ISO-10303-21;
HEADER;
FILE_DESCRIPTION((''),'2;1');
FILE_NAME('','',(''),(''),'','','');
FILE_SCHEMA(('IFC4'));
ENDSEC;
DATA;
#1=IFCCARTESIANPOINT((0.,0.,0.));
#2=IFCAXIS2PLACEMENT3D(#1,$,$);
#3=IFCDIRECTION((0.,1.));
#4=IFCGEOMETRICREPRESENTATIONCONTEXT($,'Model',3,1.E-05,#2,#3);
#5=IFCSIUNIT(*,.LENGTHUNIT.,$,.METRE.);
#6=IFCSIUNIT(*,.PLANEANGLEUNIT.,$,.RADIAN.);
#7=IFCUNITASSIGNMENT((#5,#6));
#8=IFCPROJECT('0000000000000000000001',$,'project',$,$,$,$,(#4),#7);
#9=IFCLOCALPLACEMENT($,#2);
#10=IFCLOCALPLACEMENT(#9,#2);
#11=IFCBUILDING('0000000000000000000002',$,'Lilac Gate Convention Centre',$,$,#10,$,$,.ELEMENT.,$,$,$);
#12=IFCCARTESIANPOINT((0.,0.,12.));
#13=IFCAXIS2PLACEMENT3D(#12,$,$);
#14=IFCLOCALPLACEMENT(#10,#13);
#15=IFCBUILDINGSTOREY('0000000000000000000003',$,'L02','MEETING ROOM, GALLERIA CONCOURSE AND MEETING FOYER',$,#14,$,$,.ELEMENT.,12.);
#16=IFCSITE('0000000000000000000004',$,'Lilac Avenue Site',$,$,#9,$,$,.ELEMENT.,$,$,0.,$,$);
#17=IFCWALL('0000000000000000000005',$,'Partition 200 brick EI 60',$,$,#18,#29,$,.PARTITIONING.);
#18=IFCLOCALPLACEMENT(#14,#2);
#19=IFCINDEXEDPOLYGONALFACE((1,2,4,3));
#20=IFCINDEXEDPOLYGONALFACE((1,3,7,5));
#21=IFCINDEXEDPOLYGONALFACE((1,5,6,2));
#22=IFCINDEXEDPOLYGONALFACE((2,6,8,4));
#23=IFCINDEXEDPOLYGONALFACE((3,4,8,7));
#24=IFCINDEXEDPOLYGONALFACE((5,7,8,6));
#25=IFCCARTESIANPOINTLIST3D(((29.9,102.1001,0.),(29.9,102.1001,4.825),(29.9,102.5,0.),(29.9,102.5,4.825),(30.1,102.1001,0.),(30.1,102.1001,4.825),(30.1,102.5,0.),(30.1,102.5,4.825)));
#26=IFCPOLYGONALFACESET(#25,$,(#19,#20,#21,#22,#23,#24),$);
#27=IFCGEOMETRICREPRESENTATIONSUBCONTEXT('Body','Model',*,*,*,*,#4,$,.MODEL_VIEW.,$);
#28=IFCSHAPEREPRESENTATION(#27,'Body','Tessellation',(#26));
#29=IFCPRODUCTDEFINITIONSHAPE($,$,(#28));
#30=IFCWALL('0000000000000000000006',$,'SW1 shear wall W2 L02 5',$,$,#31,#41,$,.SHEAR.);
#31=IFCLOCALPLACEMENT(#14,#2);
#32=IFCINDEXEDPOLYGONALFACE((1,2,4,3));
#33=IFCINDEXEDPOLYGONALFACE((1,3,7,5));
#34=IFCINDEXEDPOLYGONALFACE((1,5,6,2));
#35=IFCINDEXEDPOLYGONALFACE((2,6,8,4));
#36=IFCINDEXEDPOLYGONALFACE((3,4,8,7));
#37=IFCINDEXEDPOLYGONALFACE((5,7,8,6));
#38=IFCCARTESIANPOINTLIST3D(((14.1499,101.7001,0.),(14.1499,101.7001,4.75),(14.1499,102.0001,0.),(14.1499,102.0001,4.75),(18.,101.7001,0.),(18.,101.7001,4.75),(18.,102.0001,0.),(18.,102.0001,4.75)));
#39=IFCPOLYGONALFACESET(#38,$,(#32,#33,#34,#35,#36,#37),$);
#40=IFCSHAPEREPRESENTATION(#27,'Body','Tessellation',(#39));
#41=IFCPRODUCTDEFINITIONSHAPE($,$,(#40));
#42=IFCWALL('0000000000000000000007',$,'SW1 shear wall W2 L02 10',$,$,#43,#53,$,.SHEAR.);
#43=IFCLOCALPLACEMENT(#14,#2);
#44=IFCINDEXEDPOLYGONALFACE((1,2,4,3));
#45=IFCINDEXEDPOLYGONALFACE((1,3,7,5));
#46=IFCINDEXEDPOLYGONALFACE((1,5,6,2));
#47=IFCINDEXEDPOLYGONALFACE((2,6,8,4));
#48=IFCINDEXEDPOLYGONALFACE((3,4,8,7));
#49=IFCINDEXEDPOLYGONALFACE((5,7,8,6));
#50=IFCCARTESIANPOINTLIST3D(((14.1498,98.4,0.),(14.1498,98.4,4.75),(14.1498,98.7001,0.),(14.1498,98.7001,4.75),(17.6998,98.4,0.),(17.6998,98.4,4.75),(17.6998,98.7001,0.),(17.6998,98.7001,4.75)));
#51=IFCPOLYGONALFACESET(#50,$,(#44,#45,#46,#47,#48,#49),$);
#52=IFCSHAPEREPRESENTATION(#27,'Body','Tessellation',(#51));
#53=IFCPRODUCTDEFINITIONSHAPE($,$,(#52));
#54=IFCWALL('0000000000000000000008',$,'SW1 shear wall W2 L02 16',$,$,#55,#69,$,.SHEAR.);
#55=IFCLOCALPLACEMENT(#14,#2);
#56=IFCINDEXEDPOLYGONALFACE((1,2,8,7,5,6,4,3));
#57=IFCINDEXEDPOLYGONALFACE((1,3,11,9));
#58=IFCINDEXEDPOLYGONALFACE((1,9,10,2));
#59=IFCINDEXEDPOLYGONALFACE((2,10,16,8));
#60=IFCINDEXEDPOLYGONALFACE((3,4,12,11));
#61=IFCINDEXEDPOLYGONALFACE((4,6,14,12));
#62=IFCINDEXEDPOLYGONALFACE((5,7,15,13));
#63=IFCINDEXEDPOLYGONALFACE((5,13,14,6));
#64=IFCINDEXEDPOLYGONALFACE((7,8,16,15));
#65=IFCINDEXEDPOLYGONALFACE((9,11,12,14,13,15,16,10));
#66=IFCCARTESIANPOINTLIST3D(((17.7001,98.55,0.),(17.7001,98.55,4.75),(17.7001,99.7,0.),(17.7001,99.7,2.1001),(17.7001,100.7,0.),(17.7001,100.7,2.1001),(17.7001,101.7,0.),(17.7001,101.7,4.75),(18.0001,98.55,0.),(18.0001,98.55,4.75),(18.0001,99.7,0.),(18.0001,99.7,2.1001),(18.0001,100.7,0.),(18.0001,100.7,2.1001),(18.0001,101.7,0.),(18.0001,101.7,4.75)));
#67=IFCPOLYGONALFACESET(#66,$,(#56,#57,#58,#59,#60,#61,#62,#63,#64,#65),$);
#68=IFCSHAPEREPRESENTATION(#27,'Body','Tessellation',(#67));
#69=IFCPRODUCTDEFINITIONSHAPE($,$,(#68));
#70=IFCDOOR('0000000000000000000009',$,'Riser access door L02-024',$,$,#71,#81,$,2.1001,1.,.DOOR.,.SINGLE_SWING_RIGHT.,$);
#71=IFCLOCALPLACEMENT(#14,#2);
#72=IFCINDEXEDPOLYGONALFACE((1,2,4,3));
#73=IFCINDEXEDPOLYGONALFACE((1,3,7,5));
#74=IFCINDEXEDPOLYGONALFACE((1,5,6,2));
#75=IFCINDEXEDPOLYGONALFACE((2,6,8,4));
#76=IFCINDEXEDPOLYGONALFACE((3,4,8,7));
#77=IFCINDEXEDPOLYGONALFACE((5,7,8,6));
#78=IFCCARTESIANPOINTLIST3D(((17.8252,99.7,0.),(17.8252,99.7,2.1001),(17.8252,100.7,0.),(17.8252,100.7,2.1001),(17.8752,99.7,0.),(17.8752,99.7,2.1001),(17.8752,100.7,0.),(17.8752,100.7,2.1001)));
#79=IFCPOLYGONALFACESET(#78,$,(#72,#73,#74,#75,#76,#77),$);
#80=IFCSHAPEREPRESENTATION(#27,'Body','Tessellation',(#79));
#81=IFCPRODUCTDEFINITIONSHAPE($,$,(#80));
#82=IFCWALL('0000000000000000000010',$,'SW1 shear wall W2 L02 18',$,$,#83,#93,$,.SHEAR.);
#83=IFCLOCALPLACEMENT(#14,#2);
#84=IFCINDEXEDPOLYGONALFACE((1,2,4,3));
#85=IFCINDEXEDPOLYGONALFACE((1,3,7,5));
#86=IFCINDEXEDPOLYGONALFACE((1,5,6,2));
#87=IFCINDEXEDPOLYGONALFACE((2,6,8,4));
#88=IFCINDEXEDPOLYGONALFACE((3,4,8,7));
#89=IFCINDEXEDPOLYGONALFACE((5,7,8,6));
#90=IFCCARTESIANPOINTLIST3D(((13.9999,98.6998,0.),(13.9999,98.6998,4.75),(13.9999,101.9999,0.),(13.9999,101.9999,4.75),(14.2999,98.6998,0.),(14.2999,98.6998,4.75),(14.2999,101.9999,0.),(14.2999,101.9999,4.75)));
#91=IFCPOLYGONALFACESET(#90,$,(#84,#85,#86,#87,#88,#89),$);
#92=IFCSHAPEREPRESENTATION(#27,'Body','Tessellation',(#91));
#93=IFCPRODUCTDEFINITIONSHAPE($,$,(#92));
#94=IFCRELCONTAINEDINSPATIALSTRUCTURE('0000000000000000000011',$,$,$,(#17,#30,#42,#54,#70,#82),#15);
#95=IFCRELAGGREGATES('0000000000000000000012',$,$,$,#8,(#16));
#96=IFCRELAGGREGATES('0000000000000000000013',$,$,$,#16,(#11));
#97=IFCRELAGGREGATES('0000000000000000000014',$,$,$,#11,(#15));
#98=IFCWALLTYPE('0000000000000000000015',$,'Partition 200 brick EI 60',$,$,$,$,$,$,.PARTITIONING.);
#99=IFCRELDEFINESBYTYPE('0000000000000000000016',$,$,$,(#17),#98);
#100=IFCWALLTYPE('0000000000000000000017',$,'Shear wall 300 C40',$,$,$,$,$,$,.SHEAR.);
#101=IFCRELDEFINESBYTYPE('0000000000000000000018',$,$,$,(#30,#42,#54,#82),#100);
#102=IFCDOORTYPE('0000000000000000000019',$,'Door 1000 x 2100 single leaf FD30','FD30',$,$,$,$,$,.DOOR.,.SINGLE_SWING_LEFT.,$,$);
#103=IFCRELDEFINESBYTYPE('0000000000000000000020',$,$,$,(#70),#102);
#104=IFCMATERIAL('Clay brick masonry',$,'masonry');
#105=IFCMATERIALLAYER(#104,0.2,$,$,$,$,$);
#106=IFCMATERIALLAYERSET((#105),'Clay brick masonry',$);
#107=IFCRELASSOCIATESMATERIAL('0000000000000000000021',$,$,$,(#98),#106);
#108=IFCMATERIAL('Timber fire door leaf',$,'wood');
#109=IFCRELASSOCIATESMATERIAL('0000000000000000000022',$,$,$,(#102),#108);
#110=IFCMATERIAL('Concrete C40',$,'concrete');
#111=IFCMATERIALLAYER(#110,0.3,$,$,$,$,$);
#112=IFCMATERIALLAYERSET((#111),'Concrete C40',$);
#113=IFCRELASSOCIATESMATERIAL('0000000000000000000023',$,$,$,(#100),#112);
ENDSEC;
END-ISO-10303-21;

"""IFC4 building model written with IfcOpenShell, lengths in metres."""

from ifc_helpers import new_model, si_unit, direction, frame, frame_2d, origin, place, context, subcontext, project, spatial, rectangle, extrude, material, layer, layer_set, type_object, element, fill, save


model = new_model("IFC4")

# Units and contexts
model_context = context("Model", 3, precision=1e-05, world=origin(), true_north=direction((0.0, 1.0)))
body_context = subcontext(model_context, "Body", "Model", "MODEL_VIEW")
ifc_project = project(units=[si_unit("LENGTHUNIT", "METRE"), si_unit("PLANEANGLEUNIT", "RADIAN")], contexts=[model_context])

# Site, building, storey
site_placement = place(None, origin())
site = spatial("IfcSite", under=ifc_project, at=site_placement, Name="Lilac Avenue Site", CompositionType="ELEMENT", RefElevation=0.0)
building_placement = place(site_placement, origin())
building = spatial("IfcBuilding", under=site, at=building_placement, Name="Lilac Gate Convention Centre", CompositionType="ELEMENT")
storey_placement = place(building_placement, frame((0.0, 0.0, 12.0)))
storey = spatial("IfcBuildingStorey", under=building, at=storey_placement, Name="L02", Description="MEETING ROOM, GALLERIA CONCOURSE AND MEETING FOYER", CompositionType="ELEMENT", Elevation=12.0)

# Shared definitions
ifc_material_1 = material(Name="Concrete C40", Category="concrete")

# Shared definitions
ifc_material_2 = material(Name="Clay brick masonry", Category="masonry")
ifc_layer_1 = layer(ifc_material_2, 0.2)
ifc_layer_set_1 = layer_set([ifc_layer_1], Name="Clay brick masonry")
wall_type_1 = type_object("IfcWallType", Name="Partition 200 brick EI 60", PredefinedType="PARTITIONING", material=ifc_layer_set_1)

# Shared definitions
ifc_material_3 = material(Name="Timber fire door leaf", Category="wood")
door_type = type_object("IfcDoorType", Name="Door 1000 x 2100 single leaf FD30", Description="FD30", OperationType="SINGLE_SWING_LEFT", PredefinedType="DOOR", material=ifc_material_3)

# Walls
wall_1_placement = place(storey_placement, frame((30.0, 102.1001, 0.0), z_axis=(0.0, 0.0, 1.0), x_axis=(0.0, 1.0, 0.0)))
element("IfcWall", 1, at=wall_1_placement, inside=storey, type_object=wall_type_1, Name="Partition 200 brick EI 60", PredefinedType="PARTITIONING", context=body_context, shape_type="SweptSolid", body=[
    extrude(rectangle(XDim=0.3999, YDim=0.2, at=frame_2d((0.2, 0.0))), origin(), (0.0, 0.0, 1.0), 4.825),
])
ifc_layer_2 = layer(ifc_material_1, 0.3)
ifc_layer_set_2 = layer_set([ifc_layer_2], Name="Concrete C40")
wall_type_2 = type_object("IfcWallType", Name="Shear wall 300 C40", PredefinedType="SHEAR", material=ifc_layer_set_2)
wall_2_placement = place(storey_placement, frame((14.1499, 101.8501, 0.0), z_axis=(0.0, 0.0, 1.0), x_axis=(1.0, 0.0, 0.0)))
element("IfcWall", 2, at=wall_2_placement, inside=storey, type_object=wall_type_2, Name="SW1 shear wall W2 L02 5", PredefinedType="SHEAR", context=body_context, shape_type="SweptSolid", body=[
    extrude(rectangle(XDim=3.8501, YDim=0.3, at=frame_2d((1.925, 0.0))), origin(), (0.0, 0.0, 1.0), 4.75),
])
wall_3_placement = place(storey_placement, frame((14.1499, 98.55, 0.0), z_axis=(0.0, 0.0, 1.0), x_axis=(1.0, 0.0, 0.0)))
element("IfcWall", 3, at=wall_3_placement, inside=storey, type_object=wall_type_2, Name="SW1 shear wall W2 L02 10", PredefinedType="SHEAR", context=body_context, shape_type="SweptSolid", body=[
    extrude(rectangle(XDim=3.55, YDim=0.3, at=frame_2d((1.7749, 0.0))), origin(), (0.0, 0.0, 1.0), 4.75),
])

# Wall, opening, door
wall_4_placement = place(storey_placement, frame((17.8501, 98.55, 0.0), z_axis=(0.0, 0.0, 1.0), x_axis=(0.0, 1.0, 0.0)))
wall_4 = element("IfcWall", 4, at=wall_4_placement, inside=storey, type_object=wall_type_2, Name="SW1 shear wall W2 L02 16", PredefinedType="SHEAR", context=body_context, shape_type="SweptSolid", body=[
    extrude(rectangle(XDim=3.1499, YDim=0.3, at=frame_2d((1.575, 0.0))), origin(), (0.0, 0.0, 1.0), 4.75),
])
opening_1_placement = place(wall_4_placement, frame((1.1499, 0.0, 0.0)))
opening_1 = element("IfcOpeningElement", 5, at=opening_1_placement, cuts=wall_4, PredefinedType="OPENING", context=body_context, shape_type="SweptSolid", body=[
    extrude(rectangle(XDim=1.0, YDim=2.1001, at=frame_2d((0.5, 1.05))), frame((0.0, 0.1599, 0.0), z_axis=(0.0, -1.0, 0.0), x_axis=(1.0, 0.0, 0.0)), (0.0, 0.0, 1.0), 0.3201),
])
door_1_placement = place(opening_1_placement, origin())
door_1 = element("IfcDoor", 6, at=door_1_placement, inside=storey, type_object=door_type, Name="Riser access door L02-024", OperationType="SINGLE_SWING_RIGHT", OverallHeight=2.1001, OverallWidth=1.0, PredefinedType="DOOR", context=body_context, shape_type="SweptSolid", body=[
    extrude(rectangle(XDim=1.0, YDim=2.1001, at=frame_2d((0.5, 1.05))), frame((0.0, 0.0249, 0.0), z_axis=(0.0, -1.0, 0.0), x_axis=(1.0, 0.0, 0.0)), (0.0, 0.0, 1.0), 0.05),
])
fill(opening_1, door_1)

# Wall
wall_5_placement = place(storey_placement, frame((14.1499, 98.7, 0.0), z_axis=(0.0, 0.0, 1.0), x_axis=(0.0, 1.0, 0.0)))
element("IfcWall", 7, at=wall_5_placement, inside=storey, type_object=wall_type_2, Name="SW1 shear wall W2 L02 18", PredefinedType="SHEAR", context=body_context, shape_type="SweptSolid", body=[
    extrude(rectangle(XDim=3.3, YDim=0.3, at=frame_2d((1.6499, 0.0))), origin(), (0.0, 0.0, 1.0), 4.75),
])

save(model, "model.ifc")
